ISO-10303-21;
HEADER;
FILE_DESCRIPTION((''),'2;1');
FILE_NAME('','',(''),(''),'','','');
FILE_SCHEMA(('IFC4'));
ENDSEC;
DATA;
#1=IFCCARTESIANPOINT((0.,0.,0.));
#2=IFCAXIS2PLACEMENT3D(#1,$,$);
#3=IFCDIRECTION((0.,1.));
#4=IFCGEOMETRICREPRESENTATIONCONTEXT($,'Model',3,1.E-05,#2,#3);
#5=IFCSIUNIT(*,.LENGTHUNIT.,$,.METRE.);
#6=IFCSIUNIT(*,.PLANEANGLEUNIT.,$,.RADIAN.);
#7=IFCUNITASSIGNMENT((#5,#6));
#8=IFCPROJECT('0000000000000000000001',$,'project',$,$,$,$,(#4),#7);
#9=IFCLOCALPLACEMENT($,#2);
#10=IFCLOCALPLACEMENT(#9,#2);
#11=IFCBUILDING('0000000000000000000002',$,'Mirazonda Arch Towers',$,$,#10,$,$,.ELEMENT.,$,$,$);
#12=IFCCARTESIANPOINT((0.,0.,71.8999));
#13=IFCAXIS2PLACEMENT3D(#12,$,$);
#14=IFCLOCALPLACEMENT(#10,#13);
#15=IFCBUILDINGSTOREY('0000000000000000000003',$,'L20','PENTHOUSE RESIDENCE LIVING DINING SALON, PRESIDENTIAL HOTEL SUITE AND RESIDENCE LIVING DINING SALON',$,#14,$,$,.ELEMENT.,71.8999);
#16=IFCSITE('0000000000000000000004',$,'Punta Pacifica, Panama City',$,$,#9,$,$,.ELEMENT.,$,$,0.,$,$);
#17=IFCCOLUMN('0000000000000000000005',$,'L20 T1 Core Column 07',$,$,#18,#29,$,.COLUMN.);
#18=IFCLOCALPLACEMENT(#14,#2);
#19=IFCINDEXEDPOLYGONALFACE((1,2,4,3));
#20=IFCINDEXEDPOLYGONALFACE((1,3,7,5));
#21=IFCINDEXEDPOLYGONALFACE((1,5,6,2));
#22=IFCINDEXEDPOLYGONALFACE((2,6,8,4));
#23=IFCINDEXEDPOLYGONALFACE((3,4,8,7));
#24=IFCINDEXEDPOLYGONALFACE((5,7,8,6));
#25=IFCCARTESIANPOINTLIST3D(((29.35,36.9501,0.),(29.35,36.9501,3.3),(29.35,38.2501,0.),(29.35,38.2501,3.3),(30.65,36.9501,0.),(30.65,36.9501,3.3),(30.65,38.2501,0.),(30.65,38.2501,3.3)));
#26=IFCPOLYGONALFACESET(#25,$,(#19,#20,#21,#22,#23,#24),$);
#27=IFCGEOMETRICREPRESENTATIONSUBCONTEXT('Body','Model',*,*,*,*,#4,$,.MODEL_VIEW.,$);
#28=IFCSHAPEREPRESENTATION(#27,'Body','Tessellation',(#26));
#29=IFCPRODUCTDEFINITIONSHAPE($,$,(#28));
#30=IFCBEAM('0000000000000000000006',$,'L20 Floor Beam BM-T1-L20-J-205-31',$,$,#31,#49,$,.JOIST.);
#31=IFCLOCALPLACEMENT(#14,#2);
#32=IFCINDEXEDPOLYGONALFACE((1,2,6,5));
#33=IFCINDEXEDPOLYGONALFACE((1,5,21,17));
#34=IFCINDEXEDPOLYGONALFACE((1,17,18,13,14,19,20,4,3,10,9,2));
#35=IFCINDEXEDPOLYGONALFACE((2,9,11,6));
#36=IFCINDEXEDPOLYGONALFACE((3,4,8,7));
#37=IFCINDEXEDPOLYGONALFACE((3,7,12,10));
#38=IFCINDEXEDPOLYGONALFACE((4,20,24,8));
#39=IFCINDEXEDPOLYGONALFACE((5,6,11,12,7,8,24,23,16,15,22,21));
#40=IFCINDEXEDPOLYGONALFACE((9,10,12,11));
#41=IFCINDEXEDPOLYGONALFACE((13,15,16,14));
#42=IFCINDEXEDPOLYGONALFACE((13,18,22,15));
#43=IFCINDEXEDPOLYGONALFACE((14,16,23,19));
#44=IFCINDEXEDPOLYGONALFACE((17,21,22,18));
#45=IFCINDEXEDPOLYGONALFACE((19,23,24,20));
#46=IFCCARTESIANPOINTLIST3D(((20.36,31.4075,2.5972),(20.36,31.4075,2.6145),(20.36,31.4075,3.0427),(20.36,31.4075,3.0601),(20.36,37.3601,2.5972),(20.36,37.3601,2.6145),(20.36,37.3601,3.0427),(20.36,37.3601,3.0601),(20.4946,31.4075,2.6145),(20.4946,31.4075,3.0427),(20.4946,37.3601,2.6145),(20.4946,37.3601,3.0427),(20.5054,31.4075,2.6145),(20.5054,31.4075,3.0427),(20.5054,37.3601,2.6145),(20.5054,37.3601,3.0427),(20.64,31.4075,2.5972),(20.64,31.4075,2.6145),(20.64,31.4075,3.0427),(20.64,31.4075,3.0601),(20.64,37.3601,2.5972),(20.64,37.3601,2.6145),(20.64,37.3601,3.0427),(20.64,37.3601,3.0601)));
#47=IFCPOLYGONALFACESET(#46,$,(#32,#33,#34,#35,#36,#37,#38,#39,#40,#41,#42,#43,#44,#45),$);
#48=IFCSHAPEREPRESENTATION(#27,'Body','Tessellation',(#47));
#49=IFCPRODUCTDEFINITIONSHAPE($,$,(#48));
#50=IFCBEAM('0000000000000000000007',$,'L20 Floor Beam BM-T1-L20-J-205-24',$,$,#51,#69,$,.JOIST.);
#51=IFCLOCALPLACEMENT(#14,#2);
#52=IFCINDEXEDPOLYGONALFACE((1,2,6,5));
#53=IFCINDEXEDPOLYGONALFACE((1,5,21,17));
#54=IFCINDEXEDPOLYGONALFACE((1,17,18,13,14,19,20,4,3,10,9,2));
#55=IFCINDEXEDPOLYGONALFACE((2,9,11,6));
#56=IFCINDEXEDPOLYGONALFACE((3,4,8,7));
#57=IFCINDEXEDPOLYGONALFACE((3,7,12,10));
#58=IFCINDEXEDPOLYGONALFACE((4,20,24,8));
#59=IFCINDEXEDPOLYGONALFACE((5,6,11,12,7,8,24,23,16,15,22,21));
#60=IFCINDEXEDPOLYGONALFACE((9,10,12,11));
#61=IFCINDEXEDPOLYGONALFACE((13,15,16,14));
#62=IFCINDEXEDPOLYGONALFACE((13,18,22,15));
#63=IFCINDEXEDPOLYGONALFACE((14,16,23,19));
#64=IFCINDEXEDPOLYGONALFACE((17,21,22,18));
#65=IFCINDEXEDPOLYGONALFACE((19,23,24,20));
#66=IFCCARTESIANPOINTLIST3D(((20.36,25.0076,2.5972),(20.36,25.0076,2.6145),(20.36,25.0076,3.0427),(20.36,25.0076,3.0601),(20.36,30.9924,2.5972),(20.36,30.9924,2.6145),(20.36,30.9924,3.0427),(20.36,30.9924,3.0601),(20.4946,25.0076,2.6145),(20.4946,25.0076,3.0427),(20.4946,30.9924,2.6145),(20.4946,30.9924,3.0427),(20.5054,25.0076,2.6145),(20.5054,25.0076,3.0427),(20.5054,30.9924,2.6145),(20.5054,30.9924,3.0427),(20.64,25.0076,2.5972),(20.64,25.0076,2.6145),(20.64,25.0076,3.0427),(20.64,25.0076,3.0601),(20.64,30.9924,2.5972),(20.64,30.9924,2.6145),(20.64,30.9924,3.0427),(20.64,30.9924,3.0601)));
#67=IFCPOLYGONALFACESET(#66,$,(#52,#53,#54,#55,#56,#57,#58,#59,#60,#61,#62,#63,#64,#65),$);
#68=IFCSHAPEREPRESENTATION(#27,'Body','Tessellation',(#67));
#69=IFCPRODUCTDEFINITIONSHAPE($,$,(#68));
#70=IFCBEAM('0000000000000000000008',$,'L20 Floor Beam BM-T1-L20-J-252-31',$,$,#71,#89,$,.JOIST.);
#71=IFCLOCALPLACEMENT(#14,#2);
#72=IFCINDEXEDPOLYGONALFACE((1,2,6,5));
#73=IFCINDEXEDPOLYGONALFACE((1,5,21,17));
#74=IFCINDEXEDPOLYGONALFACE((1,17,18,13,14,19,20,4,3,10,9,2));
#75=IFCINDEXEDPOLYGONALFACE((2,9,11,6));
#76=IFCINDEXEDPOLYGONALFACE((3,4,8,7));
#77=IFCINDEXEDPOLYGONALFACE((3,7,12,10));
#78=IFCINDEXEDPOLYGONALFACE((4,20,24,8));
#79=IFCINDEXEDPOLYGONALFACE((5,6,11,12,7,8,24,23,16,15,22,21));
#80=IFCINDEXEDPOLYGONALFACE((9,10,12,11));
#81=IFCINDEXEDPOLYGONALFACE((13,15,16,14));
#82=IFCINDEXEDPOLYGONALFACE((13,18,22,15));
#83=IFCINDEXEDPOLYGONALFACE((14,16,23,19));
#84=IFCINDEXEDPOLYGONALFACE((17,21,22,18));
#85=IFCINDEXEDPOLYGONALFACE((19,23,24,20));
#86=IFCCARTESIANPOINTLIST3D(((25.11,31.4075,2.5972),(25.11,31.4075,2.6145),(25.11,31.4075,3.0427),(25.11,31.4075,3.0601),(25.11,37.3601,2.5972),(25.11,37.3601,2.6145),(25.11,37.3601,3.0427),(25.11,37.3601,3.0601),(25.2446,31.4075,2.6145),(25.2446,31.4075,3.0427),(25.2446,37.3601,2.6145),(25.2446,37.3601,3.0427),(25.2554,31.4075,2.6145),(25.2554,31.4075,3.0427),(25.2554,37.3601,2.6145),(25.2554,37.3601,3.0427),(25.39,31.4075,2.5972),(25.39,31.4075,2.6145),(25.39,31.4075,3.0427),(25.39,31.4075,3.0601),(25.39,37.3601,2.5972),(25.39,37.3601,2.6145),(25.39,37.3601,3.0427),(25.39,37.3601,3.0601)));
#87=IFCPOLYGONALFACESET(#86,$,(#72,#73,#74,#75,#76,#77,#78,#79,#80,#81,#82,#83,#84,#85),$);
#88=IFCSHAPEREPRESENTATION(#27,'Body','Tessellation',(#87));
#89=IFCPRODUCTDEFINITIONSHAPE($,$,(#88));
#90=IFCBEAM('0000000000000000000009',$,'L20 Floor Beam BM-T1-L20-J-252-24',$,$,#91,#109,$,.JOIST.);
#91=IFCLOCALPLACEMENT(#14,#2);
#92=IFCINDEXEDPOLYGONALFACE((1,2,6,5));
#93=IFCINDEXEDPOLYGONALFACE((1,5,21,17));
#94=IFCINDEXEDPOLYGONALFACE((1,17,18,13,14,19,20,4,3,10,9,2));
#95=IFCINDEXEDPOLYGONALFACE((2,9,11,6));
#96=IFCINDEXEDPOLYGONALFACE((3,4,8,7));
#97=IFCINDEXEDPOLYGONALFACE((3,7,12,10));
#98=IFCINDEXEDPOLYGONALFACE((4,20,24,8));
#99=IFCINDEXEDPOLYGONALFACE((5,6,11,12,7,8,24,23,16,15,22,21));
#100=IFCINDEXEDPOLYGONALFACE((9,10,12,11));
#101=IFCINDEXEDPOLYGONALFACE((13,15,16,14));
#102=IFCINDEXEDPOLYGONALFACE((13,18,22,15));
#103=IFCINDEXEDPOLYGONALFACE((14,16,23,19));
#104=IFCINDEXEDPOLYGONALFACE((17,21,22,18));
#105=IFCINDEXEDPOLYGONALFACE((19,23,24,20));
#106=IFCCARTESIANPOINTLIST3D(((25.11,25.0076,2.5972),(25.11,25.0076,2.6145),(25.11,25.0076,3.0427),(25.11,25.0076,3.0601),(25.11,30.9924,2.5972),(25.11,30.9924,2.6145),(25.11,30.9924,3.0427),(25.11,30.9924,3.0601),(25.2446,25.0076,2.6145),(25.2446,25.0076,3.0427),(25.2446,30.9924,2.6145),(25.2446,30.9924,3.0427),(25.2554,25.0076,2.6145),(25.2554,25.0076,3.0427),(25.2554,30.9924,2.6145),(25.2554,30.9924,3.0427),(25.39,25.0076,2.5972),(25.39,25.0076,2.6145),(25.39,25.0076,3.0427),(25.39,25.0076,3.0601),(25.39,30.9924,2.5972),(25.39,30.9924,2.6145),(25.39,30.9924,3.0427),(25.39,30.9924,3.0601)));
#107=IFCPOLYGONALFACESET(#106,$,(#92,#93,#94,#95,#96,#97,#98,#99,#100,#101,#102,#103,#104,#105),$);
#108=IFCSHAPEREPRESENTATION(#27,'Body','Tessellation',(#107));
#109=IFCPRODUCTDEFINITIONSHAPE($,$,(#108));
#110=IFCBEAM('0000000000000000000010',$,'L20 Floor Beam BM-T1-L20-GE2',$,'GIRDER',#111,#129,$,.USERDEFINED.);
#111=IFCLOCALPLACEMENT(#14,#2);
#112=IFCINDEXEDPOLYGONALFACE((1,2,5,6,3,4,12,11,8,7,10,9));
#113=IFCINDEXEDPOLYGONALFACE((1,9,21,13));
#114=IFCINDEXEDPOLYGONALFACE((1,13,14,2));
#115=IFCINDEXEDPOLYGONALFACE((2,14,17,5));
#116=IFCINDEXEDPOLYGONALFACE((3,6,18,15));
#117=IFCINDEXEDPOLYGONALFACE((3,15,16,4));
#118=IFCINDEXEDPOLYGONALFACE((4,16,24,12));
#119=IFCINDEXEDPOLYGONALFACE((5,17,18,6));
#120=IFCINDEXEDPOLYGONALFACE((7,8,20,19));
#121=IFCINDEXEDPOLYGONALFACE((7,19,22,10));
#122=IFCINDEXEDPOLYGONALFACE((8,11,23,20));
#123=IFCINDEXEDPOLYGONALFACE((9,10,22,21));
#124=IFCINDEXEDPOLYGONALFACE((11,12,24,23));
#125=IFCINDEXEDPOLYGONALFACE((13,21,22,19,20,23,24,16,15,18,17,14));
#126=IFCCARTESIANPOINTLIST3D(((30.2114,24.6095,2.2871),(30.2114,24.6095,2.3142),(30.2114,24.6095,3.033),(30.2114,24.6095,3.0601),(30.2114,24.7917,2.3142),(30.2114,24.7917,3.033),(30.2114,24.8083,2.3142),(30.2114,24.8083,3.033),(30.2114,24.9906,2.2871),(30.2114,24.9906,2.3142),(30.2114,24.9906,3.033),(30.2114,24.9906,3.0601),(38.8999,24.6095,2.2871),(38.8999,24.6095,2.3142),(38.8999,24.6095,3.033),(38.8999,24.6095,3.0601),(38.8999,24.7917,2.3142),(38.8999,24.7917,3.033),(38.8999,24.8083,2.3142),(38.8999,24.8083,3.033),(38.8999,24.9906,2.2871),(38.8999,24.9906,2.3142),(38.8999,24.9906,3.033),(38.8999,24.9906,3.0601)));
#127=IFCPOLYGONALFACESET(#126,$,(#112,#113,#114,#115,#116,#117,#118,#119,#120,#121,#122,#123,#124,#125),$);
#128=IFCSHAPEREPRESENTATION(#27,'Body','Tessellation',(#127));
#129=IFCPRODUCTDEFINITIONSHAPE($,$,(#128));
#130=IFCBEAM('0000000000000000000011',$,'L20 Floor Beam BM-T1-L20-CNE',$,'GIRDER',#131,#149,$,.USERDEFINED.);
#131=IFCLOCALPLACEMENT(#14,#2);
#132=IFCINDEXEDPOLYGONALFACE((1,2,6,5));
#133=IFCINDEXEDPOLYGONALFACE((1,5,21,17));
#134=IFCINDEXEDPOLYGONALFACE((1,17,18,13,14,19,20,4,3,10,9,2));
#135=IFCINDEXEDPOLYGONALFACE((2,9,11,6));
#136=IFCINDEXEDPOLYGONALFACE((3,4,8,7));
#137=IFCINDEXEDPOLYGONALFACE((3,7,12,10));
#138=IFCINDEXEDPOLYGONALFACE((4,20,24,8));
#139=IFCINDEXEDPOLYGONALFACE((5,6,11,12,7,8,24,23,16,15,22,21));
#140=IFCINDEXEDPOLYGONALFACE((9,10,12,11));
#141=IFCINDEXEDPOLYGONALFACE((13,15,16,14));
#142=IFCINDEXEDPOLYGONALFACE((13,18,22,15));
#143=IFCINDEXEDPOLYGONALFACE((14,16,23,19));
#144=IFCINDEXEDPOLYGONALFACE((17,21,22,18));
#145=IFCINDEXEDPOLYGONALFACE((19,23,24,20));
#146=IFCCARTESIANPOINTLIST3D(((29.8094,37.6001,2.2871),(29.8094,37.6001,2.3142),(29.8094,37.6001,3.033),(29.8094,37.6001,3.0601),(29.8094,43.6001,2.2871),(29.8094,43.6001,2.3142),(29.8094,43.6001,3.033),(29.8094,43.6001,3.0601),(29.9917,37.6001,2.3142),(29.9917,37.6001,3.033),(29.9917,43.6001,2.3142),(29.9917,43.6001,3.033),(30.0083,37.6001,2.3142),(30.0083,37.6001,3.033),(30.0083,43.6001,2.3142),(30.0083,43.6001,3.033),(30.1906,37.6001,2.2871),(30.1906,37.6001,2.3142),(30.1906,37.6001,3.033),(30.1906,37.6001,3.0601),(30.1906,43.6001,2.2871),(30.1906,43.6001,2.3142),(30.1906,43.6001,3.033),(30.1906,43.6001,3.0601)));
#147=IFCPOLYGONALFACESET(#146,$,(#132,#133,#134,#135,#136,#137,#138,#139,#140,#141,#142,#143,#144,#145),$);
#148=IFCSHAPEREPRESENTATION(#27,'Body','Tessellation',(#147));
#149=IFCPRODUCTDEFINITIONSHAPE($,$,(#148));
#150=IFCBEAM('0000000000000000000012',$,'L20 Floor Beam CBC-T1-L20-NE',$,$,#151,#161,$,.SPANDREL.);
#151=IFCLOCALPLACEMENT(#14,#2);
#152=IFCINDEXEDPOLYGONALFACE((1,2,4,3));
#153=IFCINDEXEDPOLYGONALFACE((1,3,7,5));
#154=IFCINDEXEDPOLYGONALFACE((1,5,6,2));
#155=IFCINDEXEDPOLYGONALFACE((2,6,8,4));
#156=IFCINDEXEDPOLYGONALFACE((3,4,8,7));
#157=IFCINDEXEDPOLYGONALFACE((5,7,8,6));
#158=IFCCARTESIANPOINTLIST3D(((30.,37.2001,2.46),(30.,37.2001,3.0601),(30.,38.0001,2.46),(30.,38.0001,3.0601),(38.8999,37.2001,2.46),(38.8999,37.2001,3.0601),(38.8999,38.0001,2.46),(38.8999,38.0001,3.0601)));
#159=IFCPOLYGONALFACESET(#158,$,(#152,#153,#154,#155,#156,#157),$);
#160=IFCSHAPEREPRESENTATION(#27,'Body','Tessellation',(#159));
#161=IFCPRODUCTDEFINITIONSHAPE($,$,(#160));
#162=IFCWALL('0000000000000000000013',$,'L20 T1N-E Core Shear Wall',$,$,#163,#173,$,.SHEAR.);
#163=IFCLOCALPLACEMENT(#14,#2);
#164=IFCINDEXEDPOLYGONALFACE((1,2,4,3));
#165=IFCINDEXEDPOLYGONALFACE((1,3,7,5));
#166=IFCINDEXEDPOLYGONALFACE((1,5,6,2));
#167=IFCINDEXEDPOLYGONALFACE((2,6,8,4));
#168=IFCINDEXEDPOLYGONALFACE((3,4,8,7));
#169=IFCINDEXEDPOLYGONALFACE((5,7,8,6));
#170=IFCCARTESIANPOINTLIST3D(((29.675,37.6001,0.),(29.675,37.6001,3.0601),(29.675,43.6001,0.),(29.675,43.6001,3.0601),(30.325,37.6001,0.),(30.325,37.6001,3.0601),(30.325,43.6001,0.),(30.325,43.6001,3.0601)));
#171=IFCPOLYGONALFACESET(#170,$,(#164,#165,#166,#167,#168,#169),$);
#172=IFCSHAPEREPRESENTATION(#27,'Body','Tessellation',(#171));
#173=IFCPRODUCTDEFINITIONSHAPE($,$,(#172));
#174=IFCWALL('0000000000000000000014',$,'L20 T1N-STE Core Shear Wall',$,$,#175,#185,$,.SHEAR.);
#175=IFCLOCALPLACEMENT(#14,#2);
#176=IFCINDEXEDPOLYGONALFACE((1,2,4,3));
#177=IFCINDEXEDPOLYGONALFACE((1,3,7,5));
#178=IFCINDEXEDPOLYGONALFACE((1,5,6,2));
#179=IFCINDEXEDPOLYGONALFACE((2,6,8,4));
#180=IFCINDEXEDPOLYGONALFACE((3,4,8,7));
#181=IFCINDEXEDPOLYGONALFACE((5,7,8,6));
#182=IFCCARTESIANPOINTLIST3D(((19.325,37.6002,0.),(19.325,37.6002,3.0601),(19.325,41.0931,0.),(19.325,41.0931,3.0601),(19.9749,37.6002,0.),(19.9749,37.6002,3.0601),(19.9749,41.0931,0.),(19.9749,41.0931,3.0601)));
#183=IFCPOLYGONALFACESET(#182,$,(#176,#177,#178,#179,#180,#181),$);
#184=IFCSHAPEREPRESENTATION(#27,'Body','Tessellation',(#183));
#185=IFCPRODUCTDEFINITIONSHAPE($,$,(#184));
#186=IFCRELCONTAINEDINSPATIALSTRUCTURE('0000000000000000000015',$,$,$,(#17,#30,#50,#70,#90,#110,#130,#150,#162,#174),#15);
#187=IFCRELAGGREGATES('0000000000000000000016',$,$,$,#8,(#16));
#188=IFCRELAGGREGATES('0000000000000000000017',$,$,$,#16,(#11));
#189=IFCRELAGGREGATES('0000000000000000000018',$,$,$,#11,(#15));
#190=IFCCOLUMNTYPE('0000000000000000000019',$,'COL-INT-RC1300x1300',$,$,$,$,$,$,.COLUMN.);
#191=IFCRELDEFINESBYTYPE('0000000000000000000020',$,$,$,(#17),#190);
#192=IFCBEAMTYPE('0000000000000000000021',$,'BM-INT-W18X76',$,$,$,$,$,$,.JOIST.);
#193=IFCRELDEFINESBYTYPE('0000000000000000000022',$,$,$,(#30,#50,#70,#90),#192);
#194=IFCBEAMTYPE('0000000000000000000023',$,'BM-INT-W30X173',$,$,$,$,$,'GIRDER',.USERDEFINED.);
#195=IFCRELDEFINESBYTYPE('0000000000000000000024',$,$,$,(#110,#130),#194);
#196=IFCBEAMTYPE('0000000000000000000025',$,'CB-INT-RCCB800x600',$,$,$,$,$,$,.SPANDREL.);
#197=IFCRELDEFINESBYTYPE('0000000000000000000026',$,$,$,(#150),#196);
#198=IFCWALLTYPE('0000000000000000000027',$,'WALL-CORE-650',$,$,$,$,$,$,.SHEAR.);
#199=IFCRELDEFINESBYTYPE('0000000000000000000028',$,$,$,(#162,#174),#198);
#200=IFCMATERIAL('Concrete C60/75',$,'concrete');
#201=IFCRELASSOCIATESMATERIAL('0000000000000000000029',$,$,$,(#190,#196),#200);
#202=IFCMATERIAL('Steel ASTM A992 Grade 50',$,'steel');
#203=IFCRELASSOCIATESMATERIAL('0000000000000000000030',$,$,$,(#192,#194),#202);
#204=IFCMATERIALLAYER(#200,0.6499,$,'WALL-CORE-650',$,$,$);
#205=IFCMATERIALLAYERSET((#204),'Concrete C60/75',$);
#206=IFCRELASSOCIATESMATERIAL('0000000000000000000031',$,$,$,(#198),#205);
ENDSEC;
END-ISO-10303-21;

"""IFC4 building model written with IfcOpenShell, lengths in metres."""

from ifc_helpers import new_model, si_unit, direction, frame, frame_2d, origin, origin_2d, place, context, subcontext, project, spatial, rectangle, i_section, extrude, material, layer, layer_set, material_profile, profile_set, type_object, element, save


model = new_model("IFC4")

# Units and contexts
model_context = context("Model", 3, precision=1e-05, world=origin(), true_north=direction((0.0, 1.0)))
body_context = subcontext(model_context, "Body", "Model", "MODEL_VIEW")
ifc_project = project(units=[si_unit("LENGTHUNIT", "METRE"), si_unit("PLANEANGLEUNIT", "RADIAN")], contexts=[model_context])

# Site, building, storey
site_placement = place(None, origin())
site = spatial("IfcSite", under=ifc_project, at=site_placement, Name="Punta Pacifica, Panama City", CompositionType="ELEMENT", RefElevation=0.0)
building_placement = place(site_placement, origin())
building = spatial("IfcBuilding", under=site, at=building_placement, Name="Mirazonda Arch Towers", CompositionType="ELEMENT")
storey_placement = place(building_placement, frame((0.0, 0.0, 71.8999)))
storey = spatial("IfcBuildingStorey", under=building, at=storey_placement, Name="L20", Description="PENTHOUSE RESIDENCE LIVING DINING SALON, PRESIDENTIAL HOTEL SUITE AND RESIDENCE LIVING DINING SALON", CompositionType="ELEMENT", Elevation=71.8999)

# Column
ifc_material_1 = material(Name="Concrete C60/75", Category="concrete")
ifc_material_profile_1 = material_profile(ifc_material_1, rectangle(XDim=1.3, YDim=1.3, at=origin_2d()), Name="RC1300x1300")
ifc_profile_set_1 = profile_set([ifc_material_profile_1], Name="Concrete C60/75")
column_type = type_object("IfcColumnType", Name="COL-INT-RC1300x1300", PredefinedType="COLUMN", material=ifc_profile_set_1)
column_placement = place(storey_placement, frame((30.0, 37.6001, 0.0), z_axis=(0.0, 0.0, 1.0), x_axis=(1.0, 0.0, 0.0)))
element("IfcColumn", 1, at=column_placement, inside=storey, type_object=column_type, Name="L20 T1 Core Column 07", PredefinedType="COLUMN", context=body_context, shape_type="SweptSolid", body=[
    extrude(rectangle(XDim=1.3, YDim=1.3, at=origin_2d()), origin(), (0.0, 0.0, 1.0), 3.3),
])

# Beams
ifc_material_2 = material(Name="Steel ASTM A992 Grade 50", Category="steel")
ifc_material_profile_2 = material_profile(ifc_material_2, i_section(OverallWidth=0.28, OverallDepth=0.4629, WebThickness=0.0107, FlangeThickness=0.0173, at=origin_2d()), Name="W18X76")
ifc_profile_set_2 = profile_set([ifc_material_profile_2], Name="Steel ASTM A992 Grade 50")
beam_type_1 = type_object("IfcBeamType", Name="BM-INT-W18X76", PredefinedType="JOIST", material=ifc_profile_set_2)
beam_1_placement = place(storey_placement, frame((20.5, 31.4075, 2.8286), z_axis=(0.0, 1.0, 0.0), x_axis=(-1.0, 0.0, 0.0)))
element("IfcBeam", 2, at=beam_1_placement, inside=storey, type_object=beam_type_1, Name="L20 Floor Beam BM-T1-L20-J-205-31", PredefinedType="JOIST", context=body_context, shape_type="SweptSolid", body=[
    extrude(i_section(OverallWidth=0.28, OverallDepth=0.4629, WebThickness=0.0107, FlangeThickness=0.0173, at=origin_2d()), origin(), (0.0, 0.0, 1.0), 5.9526),
])
beam_2_placement = place(storey_placement, frame((20.5, 25.0076, 2.8286), z_axis=(0.0, 1.0, 0.0), x_axis=(-1.0, 0.0, 0.0)))
element("IfcBeam", 3, at=beam_2_placement, inside=storey, type_object=beam_type_1, Name="L20 Floor Beam BM-T1-L20-J-205-24", PredefinedType="JOIST", context=body_context, shape_type="SweptSolid", body=[
    extrude(i_section(OverallWidth=0.28, OverallDepth=0.4629, WebThickness=0.0107, FlangeThickness=0.0173, at=origin_2d()), origin(), (0.0, 0.0, 1.0), 5.9849),
])
beam_3_placement = place(storey_placement, frame((25.25, 31.4075, 2.8286), z_axis=(0.0, 1.0, 0.0), x_axis=(-1.0, 0.0, 0.0)))
element("IfcBeam", 4, at=beam_3_placement, inside=storey, type_object=beam_type_1, Name="L20 Floor Beam BM-T1-L20-J-252-31", PredefinedType="JOIST", context=body_context, shape_type="SweptSolid", body=[
    extrude(i_section(OverallWidth=0.28, OverallDepth=0.4629, WebThickness=0.0107, FlangeThickness=0.0173, at=origin_2d()), origin(), (0.0, 0.0, 1.0), 5.9526),
])
beam_4_placement = place(storey_placement, frame((25.25, 25.0076, 2.8286), z_axis=(0.0, 1.0, 0.0), x_axis=(-1.0, 0.0, 0.0)))
element("IfcBeam", 5, at=beam_4_placement, inside=storey, type_object=beam_type_1, Name="L20 Floor Beam BM-T1-L20-J-252-24", PredefinedType="JOIST", context=body_context, shape_type="SweptSolid", body=[
    extrude(i_section(OverallWidth=0.28, OverallDepth=0.4629, WebThickness=0.0107, FlangeThickness=0.0173, at=origin_2d()), origin(), (0.0, 0.0, 1.0), 5.9849),
])
ifc_material_profile_3 = material_profile(ifc_material_2, i_section(OverallWidth=0.3811, OverallDepth=0.7729, WebThickness=0.0166, FlangeThickness=0.0271, at=origin_2d()), Name="W30X173")
ifc_profile_set_3 = profile_set([ifc_material_profile_3], Name="Steel ASTM A992 Grade 50")
beam_type_2 = type_object("IfcBeamType", Name="BM-INT-W30X173", ElementType="GIRDER", PredefinedType="USERDEFINED", material=ifc_profile_set_3)
beam_5_placement = place(storey_placement, frame((30.2114, 24.8, 2.6736), z_axis=(1.0, 0.0, 0.0), x_axis=(0.0, 1.0, 0.0)))
element("IfcBeam", 6, at=beam_5_placement, inside=storey, type_object=beam_type_2, Name="L20 Floor Beam BM-T1-L20-GE2", ObjectType="GIRDER", PredefinedType="USERDEFINED", context=body_context, shape_type="SweptSolid", body=[
    extrude(i_section(OverallWidth=0.3811, OverallDepth=0.7729, WebThickness=0.0166, FlangeThickness=0.0271, at=origin_2d()), origin(), (0.0, 0.0, 1.0), 8.6885),
])
beam_6_placement = place(storey_placement, frame((30.0, 37.6001, 2.6736), z_axis=(0.0, 1.0, 0.0), x_axis=(-1.0, 0.0, 0.0)))
element("IfcBeam", 7, at=beam_6_placement, inside=storey, type_object=beam_type_2, Name="L20 Floor Beam BM-T1-L20-CNE", ObjectType="GIRDER", PredefinedType="USERDEFINED", context=body_context, shape_type="SweptSolid", body=[
    extrude(i_section(OverallWidth=0.3811, OverallDepth=0.7729, WebThickness=0.0166, FlangeThickness=0.0271, at=origin_2d()), origin(), (0.0, 0.0, 1.0), 6.0),
])
ifc_material_profile_4 = material_profile(ifc_material_1, rectangle(XDim=0.8, YDim=0.6001, at=origin_2d()), Name="RCCB800x600")
ifc_profile_set_4 = profile_set([ifc_material_profile_4], Name="Concrete C60/75")
beam_type_3 = type_object("IfcBeamType", Name="CB-INT-RCCB800x600", PredefinedType="SPANDREL", material=ifc_profile_set_4)
beam_7_placement = place(storey_placement, frame((30.0, 37.6001, 2.76), z_axis=(1.0, 0.0, 0.0), x_axis=(0.0, 1.0, 0.0)))
element("IfcBeam", 8, at=beam_7_placement, inside=storey, type_object=beam_type_3, Name="L20 Floor Beam CBC-T1-L20-NE", PredefinedType="SPANDREL", context=body_context, shape_type="SweptSolid", body=[
    extrude(rectangle(XDim=0.8, YDim=0.6001, at=origin_2d()), origin(), (0.0, 0.0, 1.0), 8.8999),
])

# Walls
ifc_layer_1 = layer(ifc_material_1, 0.6499, Name="WALL-CORE-650")
ifc_layer_set_1 = layer_set([ifc_layer_1], Name="Concrete C60/75")
wall_type_1 = type_object("IfcWallType", Name="WALL-CORE-650", PredefinedType="SHEAR", material=ifc_layer_set_1)
wall_1_placement = place(storey_placement, frame((30.0, 37.6001, 0.0), z_axis=(0.0, 0.0, 1.0), x_axis=(0.0, 1.0, 0.0)))
element("IfcWall", 9, at=wall_1_placement, inside=storey, type_object=wall_type_1, Name="L20 T1N-E Core Shear Wall", PredefinedType="SHEAR", context=body_context, shape_type="SweptSolid", body=[
    extrude(rectangle(XDim=6.0, YDim=0.6499, at=frame_2d((3.0, 0.0))), origin(), (0.0, 0.0, 1.0), 3.0601),
])
wall_2_placement = place(storey_placement, frame((19.6499, 37.6001, 0.0), z_axis=(0.0, 0.0, 1.0), x_axis=(0.0, 1.0, 0.0)))
element("IfcWall", 10, at=wall_2_placement, inside=storey, type_object=wall_type_1, Name="L20 T1N-STE Core Shear Wall", PredefinedType="SHEAR", context=body_context, shape_type="SweptSolid", body=[
    extrude(rectangle(XDim=3.4929, YDim=0.6499, at=frame_2d((1.7466, 0.0))), origin(), (0.0, 0.0, 1.0), 3.0601),
])

save(model, "model.ifc")
